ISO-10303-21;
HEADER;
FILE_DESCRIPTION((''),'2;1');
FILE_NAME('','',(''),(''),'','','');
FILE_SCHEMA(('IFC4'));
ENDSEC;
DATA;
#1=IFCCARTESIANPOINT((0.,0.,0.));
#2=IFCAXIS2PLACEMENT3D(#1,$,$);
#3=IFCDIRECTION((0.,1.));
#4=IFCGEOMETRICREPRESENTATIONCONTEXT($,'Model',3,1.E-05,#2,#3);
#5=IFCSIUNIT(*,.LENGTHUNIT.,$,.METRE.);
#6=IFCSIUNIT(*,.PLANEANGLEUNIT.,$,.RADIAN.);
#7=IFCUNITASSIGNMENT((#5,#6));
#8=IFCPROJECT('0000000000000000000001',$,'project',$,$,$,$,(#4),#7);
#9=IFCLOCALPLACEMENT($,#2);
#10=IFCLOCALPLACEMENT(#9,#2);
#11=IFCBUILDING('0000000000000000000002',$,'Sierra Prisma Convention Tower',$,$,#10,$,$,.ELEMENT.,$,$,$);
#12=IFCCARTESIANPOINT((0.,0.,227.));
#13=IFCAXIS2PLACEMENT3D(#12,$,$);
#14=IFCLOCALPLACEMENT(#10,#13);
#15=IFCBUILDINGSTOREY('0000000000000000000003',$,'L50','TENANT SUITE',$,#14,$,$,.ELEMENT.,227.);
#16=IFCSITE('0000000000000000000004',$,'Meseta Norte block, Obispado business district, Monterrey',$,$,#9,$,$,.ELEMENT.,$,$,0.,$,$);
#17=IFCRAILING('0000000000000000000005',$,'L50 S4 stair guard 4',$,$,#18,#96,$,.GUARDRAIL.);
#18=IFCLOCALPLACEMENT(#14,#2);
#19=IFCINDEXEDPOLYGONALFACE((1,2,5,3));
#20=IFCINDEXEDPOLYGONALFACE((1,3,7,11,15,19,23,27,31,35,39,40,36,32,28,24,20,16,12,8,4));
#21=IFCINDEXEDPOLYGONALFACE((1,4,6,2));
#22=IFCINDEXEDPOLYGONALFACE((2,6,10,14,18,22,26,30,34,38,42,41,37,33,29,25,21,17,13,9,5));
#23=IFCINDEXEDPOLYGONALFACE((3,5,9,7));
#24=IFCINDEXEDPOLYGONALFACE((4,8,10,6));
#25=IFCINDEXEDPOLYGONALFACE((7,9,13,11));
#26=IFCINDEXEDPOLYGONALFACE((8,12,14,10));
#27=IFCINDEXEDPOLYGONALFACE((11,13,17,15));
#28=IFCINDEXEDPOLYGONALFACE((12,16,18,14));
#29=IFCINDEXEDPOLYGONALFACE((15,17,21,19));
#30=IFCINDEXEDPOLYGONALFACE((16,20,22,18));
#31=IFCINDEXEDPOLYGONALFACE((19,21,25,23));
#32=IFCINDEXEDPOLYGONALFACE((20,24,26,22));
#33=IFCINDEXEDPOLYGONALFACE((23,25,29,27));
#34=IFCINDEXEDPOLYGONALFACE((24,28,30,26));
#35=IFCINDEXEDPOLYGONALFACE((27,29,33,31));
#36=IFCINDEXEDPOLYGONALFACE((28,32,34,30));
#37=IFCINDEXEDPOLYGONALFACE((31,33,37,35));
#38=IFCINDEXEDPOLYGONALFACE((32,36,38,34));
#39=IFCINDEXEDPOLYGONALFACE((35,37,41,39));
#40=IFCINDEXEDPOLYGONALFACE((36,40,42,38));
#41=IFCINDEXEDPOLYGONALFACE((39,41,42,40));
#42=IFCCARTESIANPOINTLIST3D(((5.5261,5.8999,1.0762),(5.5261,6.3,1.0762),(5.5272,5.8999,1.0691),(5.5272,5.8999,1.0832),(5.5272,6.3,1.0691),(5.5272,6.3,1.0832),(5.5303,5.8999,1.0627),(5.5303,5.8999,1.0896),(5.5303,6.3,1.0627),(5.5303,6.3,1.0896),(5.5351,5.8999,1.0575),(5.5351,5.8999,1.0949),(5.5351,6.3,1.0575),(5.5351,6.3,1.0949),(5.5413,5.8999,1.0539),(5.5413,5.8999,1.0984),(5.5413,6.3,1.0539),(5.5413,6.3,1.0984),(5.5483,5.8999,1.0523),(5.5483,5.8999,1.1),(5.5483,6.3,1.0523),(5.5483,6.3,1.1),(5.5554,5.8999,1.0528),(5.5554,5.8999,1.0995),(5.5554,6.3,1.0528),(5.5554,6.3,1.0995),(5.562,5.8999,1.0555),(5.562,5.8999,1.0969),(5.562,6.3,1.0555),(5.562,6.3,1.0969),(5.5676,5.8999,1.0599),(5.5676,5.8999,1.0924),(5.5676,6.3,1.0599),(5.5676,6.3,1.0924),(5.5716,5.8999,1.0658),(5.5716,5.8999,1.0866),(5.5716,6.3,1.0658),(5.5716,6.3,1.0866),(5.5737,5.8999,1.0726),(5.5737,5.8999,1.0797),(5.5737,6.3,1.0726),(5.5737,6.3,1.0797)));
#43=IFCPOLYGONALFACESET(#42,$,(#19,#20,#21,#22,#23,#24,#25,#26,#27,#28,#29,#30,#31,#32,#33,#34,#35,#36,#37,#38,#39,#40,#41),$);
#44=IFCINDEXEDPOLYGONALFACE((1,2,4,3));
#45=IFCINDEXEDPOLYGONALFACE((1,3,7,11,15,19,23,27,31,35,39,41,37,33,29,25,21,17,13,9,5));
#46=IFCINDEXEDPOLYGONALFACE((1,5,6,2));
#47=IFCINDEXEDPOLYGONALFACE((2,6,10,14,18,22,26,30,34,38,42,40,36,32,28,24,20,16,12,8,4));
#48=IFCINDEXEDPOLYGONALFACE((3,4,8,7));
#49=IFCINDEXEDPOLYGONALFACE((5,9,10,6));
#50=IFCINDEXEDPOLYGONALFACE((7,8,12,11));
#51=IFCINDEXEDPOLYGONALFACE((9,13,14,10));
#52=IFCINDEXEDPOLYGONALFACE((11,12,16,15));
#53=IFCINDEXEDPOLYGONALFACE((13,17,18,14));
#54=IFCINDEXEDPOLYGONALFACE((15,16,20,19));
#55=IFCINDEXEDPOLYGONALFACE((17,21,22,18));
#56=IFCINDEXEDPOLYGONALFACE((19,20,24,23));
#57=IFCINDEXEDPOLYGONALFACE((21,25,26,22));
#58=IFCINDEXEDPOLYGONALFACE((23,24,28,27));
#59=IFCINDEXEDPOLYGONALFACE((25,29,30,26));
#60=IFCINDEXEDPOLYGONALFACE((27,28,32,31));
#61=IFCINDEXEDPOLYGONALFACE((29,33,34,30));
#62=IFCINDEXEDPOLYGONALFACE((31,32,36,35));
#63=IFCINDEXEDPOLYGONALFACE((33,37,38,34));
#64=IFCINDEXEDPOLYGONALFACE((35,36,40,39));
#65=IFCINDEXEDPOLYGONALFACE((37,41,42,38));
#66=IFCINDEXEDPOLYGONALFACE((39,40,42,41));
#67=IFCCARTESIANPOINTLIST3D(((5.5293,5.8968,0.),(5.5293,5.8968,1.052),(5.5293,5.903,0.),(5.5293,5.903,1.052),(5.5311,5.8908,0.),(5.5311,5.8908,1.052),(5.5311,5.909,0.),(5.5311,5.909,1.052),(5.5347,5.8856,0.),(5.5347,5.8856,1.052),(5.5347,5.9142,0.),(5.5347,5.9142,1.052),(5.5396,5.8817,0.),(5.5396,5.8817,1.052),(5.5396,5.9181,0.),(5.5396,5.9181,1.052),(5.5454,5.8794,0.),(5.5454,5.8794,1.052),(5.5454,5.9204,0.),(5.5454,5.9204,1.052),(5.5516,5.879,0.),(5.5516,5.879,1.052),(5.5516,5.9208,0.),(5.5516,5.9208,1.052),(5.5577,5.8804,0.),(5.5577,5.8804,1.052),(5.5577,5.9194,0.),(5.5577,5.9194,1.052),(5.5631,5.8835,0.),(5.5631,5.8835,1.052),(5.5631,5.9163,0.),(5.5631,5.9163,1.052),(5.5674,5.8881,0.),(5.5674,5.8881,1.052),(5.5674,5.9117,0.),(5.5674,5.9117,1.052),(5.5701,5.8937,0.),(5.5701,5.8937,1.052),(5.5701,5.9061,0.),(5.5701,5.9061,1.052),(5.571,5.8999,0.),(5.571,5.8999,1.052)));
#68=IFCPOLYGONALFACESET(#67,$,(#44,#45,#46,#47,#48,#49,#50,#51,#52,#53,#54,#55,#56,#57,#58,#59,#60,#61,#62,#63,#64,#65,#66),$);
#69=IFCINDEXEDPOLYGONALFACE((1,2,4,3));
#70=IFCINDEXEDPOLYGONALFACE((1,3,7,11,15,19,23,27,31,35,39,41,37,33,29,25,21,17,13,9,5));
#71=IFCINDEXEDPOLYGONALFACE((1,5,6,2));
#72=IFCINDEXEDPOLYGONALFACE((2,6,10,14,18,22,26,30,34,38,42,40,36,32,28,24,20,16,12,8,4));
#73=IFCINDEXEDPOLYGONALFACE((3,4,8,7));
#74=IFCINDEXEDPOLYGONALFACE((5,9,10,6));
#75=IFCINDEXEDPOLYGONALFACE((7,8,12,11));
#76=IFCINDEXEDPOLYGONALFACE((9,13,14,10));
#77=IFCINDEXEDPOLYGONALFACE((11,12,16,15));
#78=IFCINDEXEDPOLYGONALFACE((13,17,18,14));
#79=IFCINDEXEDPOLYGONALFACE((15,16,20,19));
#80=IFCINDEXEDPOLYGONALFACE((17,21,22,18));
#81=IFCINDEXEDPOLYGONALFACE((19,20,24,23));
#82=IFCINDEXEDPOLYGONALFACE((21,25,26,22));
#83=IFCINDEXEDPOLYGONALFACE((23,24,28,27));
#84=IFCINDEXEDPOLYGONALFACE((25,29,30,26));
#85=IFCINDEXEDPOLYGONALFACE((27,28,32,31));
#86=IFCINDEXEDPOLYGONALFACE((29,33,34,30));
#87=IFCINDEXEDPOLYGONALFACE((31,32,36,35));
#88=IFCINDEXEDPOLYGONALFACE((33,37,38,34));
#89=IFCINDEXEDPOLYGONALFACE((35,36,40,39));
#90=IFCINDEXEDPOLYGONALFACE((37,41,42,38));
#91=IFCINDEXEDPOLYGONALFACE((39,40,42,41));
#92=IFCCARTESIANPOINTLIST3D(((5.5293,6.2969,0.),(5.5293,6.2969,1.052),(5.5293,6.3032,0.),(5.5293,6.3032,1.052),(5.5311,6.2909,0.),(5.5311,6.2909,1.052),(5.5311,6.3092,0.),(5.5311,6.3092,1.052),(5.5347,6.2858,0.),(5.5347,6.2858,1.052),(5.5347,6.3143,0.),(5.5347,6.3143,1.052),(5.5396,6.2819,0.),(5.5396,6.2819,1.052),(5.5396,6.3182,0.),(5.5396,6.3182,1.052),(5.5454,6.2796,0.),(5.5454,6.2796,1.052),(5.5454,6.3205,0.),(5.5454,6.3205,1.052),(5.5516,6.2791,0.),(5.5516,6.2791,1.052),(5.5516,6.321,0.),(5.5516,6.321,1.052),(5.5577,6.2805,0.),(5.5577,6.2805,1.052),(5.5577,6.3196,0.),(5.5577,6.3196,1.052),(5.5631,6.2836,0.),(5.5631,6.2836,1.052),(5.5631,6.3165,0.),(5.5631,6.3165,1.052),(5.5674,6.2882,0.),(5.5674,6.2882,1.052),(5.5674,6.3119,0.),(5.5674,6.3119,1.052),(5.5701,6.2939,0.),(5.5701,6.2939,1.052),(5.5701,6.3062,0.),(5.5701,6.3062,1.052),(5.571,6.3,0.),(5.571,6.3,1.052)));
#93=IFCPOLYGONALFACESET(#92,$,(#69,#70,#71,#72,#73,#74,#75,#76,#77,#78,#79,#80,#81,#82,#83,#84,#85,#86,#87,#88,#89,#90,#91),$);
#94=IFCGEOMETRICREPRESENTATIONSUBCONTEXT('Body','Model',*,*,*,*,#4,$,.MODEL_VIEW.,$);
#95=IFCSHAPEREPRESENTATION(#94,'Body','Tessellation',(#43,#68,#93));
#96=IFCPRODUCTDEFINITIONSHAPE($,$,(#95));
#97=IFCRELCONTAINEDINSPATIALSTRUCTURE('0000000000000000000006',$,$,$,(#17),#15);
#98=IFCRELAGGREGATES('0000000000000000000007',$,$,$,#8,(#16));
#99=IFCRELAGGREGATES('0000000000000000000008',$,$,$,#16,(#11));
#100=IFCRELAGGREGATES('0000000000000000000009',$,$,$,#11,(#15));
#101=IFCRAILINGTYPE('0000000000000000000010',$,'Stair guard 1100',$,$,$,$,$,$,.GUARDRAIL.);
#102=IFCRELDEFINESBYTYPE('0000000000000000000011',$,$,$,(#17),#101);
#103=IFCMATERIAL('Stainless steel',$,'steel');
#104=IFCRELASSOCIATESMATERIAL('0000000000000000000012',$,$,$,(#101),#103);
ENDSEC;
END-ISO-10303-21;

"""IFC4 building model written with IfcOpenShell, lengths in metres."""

from ifc_helpers import new_model, si_unit, direction, frame, origin, origin_2d, place, context, subcontext, project, spatial, circle, extrude, material, type_object, element, save


model = new_model("IFC4")

# Units and contexts
model_context = context("Model", 3, precision=1e-05, world=origin(), true_north=direction((0.0, 1.0)))
body_context = subcontext(model_context, "Body", "Model", "MODEL_VIEW")
ifc_project = project(units=[si_unit("LENGTHUNIT", "METRE"), si_unit("PLANEANGLEUNIT", "RADIAN")], contexts=[model_context])

# Site, building, storey
site_placement = place(None, origin())
site = spatial("IfcSite", under=ifc_project, at=site_placement, Name="Meseta Norte block, Obispado business district, Monterrey", CompositionType="ELEMENT", RefElevation=0.0)
building_placement = place(site_placement, origin())
building = spatial("IfcBuilding", under=site, at=building_placement, Name="Sierra Prisma Convention Tower", CompositionType="ELEMENT")
storey_placement = place(building_placement, frame((0.0, 0.0, 227.0)))
storey = spatial("IfcBuildingStorey", under=building, at=storey_placement, Name="L50", Description="TENANT SUITE", CompositionType="ELEMENT", Elevation=227.0)

# Railing
ifc_material_1 = material(Name="Stainless steel", Category="steel")
railing_type_1 = type_object("IfcRailingType", Name="Stair guard 1100", PredefinedType="GUARDRAIL", material=ifc_material_1)
railing_1_placement = place(storey_placement, frame((5.55, 5.8999, 0.0)))
element("IfcRailing", 1, at=railing_1_placement, inside=storey, type_object=railing_type_1, Name="L50 S4 stair guard 4", PredefinedType="GUARDRAIL", context=body_context, shape_type="SweptSolid", body=[
    extrude(circle(Radius=0.0239, at=origin_2d()), frame((0.0, 0.0, 1.0762), z_axis=(0.0, 1.0, 0.0), x_axis=(-1.0, 0.0, 0.0)), (0.0, 0.0, 1.0), 0.4001),
    extrude(circle(Radius=0.021, at=origin_2d()), origin(), (0.0, 0.0, 1.0), 1.052),
    extrude(circle(Radius=0.021, at=origin_2d()), frame((0.0, 0.4001, 0.0)), (0.0, 0.0, 1.0), 1.052),
])

save(model, "model.ifc")
